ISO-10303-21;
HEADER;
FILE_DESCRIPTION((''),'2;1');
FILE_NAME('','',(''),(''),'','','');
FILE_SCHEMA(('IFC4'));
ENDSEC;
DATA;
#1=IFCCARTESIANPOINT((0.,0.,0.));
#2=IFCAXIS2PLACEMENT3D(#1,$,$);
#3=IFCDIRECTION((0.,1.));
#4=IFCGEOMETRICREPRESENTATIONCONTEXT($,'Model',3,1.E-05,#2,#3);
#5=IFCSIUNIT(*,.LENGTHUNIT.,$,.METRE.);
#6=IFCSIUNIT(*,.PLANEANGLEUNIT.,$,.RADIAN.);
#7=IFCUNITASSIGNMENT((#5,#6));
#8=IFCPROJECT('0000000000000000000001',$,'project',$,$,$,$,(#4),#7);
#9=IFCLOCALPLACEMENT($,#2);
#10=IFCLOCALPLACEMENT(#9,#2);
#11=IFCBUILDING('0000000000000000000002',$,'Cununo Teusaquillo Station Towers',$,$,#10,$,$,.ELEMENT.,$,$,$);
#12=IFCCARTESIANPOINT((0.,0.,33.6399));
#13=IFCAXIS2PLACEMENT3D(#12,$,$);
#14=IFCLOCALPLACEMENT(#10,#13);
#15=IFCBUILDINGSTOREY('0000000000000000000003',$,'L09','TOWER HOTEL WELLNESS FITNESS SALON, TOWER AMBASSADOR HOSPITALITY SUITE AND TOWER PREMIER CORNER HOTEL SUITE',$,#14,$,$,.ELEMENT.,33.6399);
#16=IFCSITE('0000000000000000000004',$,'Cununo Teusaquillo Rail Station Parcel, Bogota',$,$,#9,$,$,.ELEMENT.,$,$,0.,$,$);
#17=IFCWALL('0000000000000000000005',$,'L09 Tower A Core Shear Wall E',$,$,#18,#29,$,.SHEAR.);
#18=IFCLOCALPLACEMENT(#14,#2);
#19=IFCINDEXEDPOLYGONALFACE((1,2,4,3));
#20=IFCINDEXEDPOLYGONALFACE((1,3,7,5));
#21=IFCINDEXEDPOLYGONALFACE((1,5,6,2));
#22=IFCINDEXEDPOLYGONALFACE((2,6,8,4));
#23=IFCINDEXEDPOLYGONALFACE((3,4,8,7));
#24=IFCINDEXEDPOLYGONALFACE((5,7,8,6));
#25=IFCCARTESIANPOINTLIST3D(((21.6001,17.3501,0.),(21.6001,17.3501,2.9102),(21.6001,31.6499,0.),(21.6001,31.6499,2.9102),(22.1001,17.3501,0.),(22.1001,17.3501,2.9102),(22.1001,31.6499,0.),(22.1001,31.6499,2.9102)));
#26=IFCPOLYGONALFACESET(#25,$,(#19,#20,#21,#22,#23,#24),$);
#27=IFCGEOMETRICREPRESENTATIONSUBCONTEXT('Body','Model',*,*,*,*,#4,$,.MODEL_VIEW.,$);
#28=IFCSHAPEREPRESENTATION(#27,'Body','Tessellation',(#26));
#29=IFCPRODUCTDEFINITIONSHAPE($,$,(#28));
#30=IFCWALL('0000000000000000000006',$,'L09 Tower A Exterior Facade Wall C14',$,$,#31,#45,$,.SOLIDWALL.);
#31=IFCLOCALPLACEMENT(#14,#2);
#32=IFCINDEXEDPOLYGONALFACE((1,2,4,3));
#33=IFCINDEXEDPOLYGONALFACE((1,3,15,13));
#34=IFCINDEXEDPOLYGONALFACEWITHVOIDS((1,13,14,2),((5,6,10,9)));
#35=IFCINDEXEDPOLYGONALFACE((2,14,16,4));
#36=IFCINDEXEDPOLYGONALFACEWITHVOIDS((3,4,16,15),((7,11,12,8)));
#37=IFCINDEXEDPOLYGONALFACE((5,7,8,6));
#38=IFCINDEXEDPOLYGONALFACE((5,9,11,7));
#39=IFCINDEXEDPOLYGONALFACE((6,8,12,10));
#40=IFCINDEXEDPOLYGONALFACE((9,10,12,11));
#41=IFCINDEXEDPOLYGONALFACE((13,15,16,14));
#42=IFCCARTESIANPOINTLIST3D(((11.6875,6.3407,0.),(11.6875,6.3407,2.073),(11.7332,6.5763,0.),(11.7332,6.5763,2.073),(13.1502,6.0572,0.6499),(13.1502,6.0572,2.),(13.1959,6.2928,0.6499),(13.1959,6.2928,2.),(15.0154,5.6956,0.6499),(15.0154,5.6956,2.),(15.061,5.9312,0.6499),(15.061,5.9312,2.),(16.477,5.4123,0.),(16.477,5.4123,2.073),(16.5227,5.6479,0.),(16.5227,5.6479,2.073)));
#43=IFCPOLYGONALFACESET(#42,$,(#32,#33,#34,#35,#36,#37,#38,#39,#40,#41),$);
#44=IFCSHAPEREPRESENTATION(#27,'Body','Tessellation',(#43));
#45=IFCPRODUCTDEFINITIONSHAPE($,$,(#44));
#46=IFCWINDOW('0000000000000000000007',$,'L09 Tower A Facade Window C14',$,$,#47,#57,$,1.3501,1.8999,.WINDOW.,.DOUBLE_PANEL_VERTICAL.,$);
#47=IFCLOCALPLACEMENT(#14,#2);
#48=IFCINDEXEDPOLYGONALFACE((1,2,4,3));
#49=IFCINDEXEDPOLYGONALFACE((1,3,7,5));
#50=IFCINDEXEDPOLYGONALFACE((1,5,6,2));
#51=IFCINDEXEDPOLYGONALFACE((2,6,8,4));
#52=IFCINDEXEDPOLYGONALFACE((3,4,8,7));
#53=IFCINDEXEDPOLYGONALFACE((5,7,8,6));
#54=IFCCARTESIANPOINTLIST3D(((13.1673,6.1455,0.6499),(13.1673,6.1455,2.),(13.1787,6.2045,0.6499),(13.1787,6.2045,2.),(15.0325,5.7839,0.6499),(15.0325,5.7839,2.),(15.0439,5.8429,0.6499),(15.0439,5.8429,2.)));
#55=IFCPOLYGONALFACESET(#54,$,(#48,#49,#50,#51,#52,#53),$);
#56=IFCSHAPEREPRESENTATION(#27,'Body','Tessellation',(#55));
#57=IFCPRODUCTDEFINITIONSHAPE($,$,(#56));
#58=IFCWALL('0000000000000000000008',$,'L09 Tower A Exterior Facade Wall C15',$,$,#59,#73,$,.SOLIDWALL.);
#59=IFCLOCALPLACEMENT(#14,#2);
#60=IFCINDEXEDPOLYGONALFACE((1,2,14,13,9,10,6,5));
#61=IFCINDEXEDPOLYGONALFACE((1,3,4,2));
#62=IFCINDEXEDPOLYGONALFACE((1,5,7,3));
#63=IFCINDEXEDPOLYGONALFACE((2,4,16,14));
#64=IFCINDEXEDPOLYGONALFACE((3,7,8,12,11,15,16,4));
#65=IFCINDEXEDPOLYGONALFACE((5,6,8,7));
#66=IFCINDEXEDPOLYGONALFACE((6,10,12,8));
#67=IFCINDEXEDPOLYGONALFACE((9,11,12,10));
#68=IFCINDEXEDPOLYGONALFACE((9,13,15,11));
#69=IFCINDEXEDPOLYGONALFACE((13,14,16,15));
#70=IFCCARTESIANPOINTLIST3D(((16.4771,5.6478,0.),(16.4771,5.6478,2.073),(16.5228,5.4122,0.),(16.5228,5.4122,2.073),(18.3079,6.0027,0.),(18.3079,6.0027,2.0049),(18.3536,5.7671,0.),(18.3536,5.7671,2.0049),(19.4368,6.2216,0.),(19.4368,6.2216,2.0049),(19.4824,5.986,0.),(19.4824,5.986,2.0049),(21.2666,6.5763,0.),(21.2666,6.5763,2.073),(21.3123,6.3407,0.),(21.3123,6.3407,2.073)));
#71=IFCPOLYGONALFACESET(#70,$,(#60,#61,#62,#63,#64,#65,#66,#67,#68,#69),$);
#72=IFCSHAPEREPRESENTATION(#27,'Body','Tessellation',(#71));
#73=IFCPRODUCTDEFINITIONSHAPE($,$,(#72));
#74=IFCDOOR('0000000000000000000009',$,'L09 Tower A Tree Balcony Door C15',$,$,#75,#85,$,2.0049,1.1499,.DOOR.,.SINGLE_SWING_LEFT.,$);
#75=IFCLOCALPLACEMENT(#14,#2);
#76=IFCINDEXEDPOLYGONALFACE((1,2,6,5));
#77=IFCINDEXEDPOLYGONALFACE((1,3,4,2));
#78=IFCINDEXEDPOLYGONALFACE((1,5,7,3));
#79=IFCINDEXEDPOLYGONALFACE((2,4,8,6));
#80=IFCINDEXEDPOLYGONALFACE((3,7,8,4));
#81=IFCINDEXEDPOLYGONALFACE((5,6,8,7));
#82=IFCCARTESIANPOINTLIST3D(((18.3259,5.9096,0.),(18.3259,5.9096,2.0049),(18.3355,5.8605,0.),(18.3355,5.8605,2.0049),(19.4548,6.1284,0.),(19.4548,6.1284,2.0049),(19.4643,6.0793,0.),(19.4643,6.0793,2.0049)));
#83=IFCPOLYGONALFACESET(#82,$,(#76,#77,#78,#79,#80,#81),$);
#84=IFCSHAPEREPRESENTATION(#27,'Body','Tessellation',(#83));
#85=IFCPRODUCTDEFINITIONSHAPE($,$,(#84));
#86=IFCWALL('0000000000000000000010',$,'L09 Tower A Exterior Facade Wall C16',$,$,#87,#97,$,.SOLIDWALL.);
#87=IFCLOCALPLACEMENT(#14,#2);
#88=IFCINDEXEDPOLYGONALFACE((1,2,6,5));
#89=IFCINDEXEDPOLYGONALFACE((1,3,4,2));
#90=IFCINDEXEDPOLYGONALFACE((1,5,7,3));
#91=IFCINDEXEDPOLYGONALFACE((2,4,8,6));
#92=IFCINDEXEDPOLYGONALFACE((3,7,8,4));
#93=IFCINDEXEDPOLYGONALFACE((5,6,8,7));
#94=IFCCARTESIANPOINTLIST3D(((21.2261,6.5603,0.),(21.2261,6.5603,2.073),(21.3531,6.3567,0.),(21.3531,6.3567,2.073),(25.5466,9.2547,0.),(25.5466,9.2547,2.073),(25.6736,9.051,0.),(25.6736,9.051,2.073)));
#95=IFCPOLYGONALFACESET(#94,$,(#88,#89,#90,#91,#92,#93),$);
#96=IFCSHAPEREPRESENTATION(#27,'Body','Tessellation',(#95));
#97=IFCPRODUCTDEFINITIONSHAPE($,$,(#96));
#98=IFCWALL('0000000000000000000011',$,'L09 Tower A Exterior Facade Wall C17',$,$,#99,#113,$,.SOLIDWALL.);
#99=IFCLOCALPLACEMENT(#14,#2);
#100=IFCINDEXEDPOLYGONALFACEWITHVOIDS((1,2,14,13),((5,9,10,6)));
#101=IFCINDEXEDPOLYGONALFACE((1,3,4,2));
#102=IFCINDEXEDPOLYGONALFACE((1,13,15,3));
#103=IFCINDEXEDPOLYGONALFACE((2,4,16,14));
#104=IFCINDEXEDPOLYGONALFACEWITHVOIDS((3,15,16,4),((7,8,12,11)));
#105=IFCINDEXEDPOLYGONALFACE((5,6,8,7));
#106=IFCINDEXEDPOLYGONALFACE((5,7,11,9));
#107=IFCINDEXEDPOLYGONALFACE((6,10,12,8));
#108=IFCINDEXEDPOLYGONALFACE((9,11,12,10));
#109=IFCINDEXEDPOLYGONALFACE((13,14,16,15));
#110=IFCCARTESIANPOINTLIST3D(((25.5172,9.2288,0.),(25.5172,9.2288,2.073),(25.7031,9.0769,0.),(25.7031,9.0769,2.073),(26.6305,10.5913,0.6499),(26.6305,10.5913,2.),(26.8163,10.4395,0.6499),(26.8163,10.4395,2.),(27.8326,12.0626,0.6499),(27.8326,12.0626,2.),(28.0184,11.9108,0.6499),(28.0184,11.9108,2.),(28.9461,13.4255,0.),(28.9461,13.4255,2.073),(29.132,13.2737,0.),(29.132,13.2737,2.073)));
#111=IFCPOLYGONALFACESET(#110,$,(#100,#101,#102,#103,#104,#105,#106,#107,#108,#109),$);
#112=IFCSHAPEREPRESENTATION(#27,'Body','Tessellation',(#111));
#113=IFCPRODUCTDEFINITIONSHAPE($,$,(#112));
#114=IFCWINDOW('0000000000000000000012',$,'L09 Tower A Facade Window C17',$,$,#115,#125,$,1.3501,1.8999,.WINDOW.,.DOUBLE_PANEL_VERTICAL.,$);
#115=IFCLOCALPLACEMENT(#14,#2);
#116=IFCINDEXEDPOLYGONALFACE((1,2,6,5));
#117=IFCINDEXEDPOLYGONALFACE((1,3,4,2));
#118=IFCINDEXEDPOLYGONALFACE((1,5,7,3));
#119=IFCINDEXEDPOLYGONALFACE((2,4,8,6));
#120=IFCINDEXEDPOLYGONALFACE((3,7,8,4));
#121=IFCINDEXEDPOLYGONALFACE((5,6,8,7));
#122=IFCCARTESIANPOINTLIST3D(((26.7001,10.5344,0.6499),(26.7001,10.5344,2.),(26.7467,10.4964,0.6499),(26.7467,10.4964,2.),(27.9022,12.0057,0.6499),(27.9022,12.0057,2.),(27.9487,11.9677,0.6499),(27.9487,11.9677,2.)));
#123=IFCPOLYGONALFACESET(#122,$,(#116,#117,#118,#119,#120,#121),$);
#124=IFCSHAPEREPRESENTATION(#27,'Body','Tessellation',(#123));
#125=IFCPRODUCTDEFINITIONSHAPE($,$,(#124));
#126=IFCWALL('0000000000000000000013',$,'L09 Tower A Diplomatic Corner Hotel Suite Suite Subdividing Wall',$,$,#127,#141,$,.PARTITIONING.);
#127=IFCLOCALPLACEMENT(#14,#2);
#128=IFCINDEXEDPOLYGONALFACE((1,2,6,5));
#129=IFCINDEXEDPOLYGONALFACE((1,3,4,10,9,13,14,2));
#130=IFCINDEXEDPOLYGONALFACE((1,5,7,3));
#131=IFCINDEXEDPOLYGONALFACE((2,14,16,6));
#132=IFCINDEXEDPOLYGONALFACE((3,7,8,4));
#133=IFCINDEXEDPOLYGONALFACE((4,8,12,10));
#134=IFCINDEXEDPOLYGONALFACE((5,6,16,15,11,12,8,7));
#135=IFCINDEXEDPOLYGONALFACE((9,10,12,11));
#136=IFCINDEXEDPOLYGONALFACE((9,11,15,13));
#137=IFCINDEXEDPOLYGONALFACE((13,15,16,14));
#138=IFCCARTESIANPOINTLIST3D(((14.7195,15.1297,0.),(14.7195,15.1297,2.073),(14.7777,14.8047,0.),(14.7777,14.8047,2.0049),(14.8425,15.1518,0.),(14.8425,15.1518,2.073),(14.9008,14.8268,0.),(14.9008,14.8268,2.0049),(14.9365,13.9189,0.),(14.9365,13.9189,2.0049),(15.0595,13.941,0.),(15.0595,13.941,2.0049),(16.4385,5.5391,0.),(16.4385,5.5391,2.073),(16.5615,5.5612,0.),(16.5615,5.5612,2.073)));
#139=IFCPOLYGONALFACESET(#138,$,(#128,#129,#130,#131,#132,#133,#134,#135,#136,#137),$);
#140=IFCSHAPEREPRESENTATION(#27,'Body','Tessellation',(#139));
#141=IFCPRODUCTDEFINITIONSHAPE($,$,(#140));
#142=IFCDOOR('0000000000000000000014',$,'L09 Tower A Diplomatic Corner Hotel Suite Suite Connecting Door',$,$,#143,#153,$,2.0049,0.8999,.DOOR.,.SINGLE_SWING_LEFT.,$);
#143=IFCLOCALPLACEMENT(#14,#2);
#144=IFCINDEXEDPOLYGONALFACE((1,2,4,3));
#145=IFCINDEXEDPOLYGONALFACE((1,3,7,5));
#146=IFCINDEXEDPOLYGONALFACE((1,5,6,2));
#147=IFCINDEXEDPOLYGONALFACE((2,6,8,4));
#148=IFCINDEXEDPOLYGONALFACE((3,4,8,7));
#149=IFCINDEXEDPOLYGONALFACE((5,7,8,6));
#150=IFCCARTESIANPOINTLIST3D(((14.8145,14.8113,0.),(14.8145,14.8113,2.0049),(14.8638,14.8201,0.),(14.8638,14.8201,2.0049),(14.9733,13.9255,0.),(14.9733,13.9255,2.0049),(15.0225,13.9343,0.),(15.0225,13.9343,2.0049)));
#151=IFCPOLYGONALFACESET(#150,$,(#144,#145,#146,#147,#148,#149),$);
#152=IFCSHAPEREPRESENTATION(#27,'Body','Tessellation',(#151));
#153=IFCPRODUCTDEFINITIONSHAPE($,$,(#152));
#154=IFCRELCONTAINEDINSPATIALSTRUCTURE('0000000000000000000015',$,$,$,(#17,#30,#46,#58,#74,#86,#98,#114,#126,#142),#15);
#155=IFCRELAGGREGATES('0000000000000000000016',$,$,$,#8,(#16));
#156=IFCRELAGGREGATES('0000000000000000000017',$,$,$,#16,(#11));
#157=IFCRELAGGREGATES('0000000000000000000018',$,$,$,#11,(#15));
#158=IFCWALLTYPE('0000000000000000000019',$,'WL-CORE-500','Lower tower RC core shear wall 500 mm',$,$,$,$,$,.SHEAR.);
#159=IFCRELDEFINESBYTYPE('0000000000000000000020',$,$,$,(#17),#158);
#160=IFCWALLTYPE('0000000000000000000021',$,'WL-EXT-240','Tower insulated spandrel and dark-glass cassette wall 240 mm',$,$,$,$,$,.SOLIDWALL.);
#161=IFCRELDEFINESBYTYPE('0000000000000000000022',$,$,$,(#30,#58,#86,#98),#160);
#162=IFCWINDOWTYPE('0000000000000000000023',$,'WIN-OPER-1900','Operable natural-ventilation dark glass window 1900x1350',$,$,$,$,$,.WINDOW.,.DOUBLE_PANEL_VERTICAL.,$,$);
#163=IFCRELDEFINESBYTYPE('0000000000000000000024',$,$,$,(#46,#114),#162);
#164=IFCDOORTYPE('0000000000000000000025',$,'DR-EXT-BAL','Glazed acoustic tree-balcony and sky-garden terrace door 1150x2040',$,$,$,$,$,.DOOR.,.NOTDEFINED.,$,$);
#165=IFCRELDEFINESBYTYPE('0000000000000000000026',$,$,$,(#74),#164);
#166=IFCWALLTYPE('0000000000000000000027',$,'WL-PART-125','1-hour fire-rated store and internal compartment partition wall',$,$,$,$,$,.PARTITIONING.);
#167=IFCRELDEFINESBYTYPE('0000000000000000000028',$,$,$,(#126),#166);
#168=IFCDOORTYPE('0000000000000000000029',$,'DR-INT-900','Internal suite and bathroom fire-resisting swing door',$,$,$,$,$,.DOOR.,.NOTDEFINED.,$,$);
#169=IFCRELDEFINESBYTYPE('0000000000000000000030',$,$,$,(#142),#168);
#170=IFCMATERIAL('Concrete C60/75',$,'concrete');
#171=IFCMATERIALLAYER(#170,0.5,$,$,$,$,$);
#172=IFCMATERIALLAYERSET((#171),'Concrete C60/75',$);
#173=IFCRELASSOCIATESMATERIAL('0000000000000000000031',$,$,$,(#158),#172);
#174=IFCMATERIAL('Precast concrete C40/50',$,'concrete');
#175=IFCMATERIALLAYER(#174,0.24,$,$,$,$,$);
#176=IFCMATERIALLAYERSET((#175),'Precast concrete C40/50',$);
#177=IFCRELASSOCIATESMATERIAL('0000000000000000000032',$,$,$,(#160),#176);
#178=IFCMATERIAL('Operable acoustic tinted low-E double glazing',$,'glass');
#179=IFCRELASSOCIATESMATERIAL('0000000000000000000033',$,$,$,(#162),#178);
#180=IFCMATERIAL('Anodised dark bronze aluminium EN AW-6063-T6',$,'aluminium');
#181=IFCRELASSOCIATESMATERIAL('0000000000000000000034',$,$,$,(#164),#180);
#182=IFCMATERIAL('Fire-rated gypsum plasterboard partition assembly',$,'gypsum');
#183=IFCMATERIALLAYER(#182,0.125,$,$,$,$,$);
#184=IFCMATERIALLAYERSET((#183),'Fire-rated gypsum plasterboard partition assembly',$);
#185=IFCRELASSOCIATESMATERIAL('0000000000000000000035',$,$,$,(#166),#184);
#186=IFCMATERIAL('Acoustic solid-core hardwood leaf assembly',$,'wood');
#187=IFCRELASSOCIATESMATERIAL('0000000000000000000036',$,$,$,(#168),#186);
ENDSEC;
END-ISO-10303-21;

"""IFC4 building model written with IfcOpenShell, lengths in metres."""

from ifc_helpers import new_model, si_unit, direction, frame, frame_2d, origin, place, context, subcontext, project, spatial, rectangle, extrude, source, transform, mapped, material, layer, layer_set, type_object, element, fill, save


model = new_model("IFC4")

# Units and contexts
model_context = context("Model", 3, precision=1e-05, world=origin(), true_north=direction((0.0, 1.0)))
body_context = subcontext(model_context, "Body", "Model", "MODEL_VIEW")
ifc_project = project(units=[si_unit("LENGTHUNIT", "METRE"), si_unit("PLANEANGLEUNIT", "RADIAN")], contexts=[model_context])

# Site, building, storey
site_placement = place(None, origin())
site = spatial("IfcSite", under=ifc_project, at=site_placement, Name="Cununo Teusaquillo Rail Station Parcel, Bogota", CompositionType="ELEMENT", RefElevation=0.0)
building_placement = place(site_placement, origin())
building = spatial("IfcBuilding", under=site, at=building_placement, Name="Cununo Teusaquillo Station Towers", CompositionType="ELEMENT")
storey_placement = place(building_placement, frame((0.0, 0.0, 33.6399)))
storey = spatial("IfcBuildingStorey", under=building, at=storey_placement, Name="L09", Description="TOWER HOTEL WELLNESS FITNESS SALON, TOWER AMBASSADOR HOSPITALITY SUITE AND TOWER PREMIER CORNER HOTEL SUITE", CompositionType="ELEMENT", Elevation=33.6399)

# Wall
ifc_material_1 = material(Name="Concrete C60/75", Category="concrete")
ifc_layer_1 = layer(ifc_material_1, 0.5)
ifc_layer_set_1 = layer_set([ifc_layer_1], Name="Concrete C60/75")
wall_type_1 = type_object("IfcWallType", Name="WL-CORE-500", Description="Lower tower RC core shear wall 500 mm", PredefinedType="SHEAR", material=ifc_layer_set_1)
wall_1_placement = place(storey_placement, frame((21.8501, 17.3501, 0.0), z_axis=(0.0, 0.0, 1.0), x_axis=(0.0, 1.0, 0.0)))
element("IfcWall", 1, at=wall_1_placement, inside=storey, type_object=wall_type_1, Name="L09 Tower A Core Shear Wall E", PredefinedType="SHEAR", context=body_context, shape_type="SweptSolid", body=[
    extrude(rectangle(XDim=14.2998, YDim=0.5, at=frame_2d((7.1499, 0.0))), origin(), (0.0, 0.0, 1.0), 2.9102),
])

# Wall, opening, window
ifc_material_2 = material(Name="Precast concrete C40/50", Category="concrete")
ifc_layer_2 = layer(ifc_material_2, 0.24)
ifc_layer_set_2 = layer_set([ifc_layer_2], Name="Precast concrete C40/50")
wall_type_2 = type_object("IfcWallType", Name="WL-EXT-240", Description="Tower insulated spandrel and dark-glass cassette wall 240 mm", PredefinedType="SOLIDWALL", material=ifc_layer_set_2)
wall_2_placement = place(storey_placement, frame((16.5, 5.53, 0.0), z_axis=(0.0, 0.0, 1.0), x_axis=(-0.981724, 0.19031, 0.0)))
wall_2 = element("IfcWall", 2, at=wall_2_placement, inside=storey, type_object=wall_type_2, Name="L09 Tower A Exterior Facade Wall C14", PredefinedType="SOLIDWALL", context=body_context, shape_type="SweptSolid", body=[
    extrude(rectangle(XDim=4.8787, YDim=0.24, at=frame_2d((2.4395, 0.0))), origin(), (0.0, 0.0, 1.0), 2.073),
])
shared_shape_1 = source(origin(), body_context, "Body", "SweptSolid", [
    extrude(rectangle(XDim=1.8999, YDim=1.3501, at=frame_2d((0.95, 0.675))), frame((0.0, 0.1299, 0.0), z_axis=(0.0, -1.0, 0.0), x_axis=(1.0, 0.0, 0.0)), (0.0, 0.0, 1.0), 0.26),
])
opening_1_placement = place(wall_2_placement, frame((1.489, 0.0, 0.6499)))
opening_1 = element("IfcOpeningElement", 3, at=opening_1_placement, cuts=wall_2, PredefinedType="OPENING", context=body_context, shape_type="MappedRepresentation", body=[
    mapped(shared_shape_1, transform((0.0, 0.0, 0.0), x_axis=(1.0, 0.0, 0.0), y_axis=(0.0, 1.0, 0.0), z_axis=(0.0, 0.0, 1.0), scale=1.0)),
])
ifc_material_3 = material(Name="Operable acoustic tinted low-E double glazing", Category="glass")
window_type = type_object("IfcWindowType", Name="WIN-OPER-1900", Description="Operable natural-ventilation dark glass window 1900x1350", PartitioningType="DOUBLE_PANEL_VERTICAL", PredefinedType="WINDOW", material=ifc_material_3)
shared_shape_2 = source(origin(), body_context, "Body", "SweptSolid", [
    extrude(rectangle(XDim=1.8999, YDim=1.3501, at=frame_2d((0.95, 0.675))), frame((0.0, 0.03, 0.0), z_axis=(0.0, -1.0, 0.0), x_axis=(1.0, 0.0, 0.0)), (0.0, 0.0, 1.0), 0.0601),
])
window_1_placement = place(opening_1_placement, origin())
window_1 = element("IfcWindow", 4, at=window_1_placement, inside=storey, type_object=window_type, Name="L09 Tower A Facade Window C14", OverallHeight=1.3501, OverallWidth=1.8999, PartitioningType="DOUBLE_PANEL_VERTICAL", PredefinedType="WINDOW", context=body_context, shape_type="MappedRepresentation", body=[
    mapped(shared_shape_2, transform((0.0, 0.0, 0.0), x_axis=(1.0, 0.0, 0.0), y_axis=(0.0, 1.0, 0.0), z_axis=(0.0, 0.0, 1.0), scale=1.0)),
])
fill(opening_1, window_1)

# Wall, opening, door
wall_3_placement = place(storey_placement, frame((21.2896, 6.4585, 0.0), z_axis=(0.0, 0.0, 1.0), x_axis=(-0.981724, -0.19031, 0.0)))
wall_3 = element("IfcWall", 5, at=wall_3_placement, inside=storey, type_object=wall_type_2, Name="L09 Tower A Exterior Facade Wall C15", PredefinedType="SOLIDWALL", context=body_context, shape_type="SweptSolid", body=[
    extrude(rectangle(XDim=4.8787, YDim=0.24, at=frame_2d((2.4395, 0.0))), origin(), (0.0, 0.0, 1.0), 2.073),
])
shared_shape_3 = source(origin(), body_context, "Body", "SweptSolid", [
    extrude(rectangle(XDim=1.1499, YDim=2.0049, at=frame_2d((0.575, 1.0024))), frame((0.0, 0.1299, 0.0), z_axis=(0.0, -1.0, 0.0), x_axis=(1.0, 0.0, 0.0)), (0.0, 0.0, 1.0), 0.26),
])
opening_2_placement = place(wall_3_placement, frame((1.864, 0.0, 0.0)))
opening_2 = element("IfcOpeningElement", 6, at=opening_2_placement, cuts=wall_3, PredefinedType="OPENING", context=body_context, shape_type="MappedRepresentation", body=[
    mapped(shared_shape_3, transform((0.0, 0.0, 0.0), x_axis=(1.0, 0.0, 0.0), y_axis=(0.0, 1.0, 0.0), z_axis=(0.0, 0.0, 1.0), scale=1.0)),
])
ifc_material_4 = material(Name="Anodised dark bronze aluminium EN AW-6063-T6", Category="aluminium")
door_type_1 = type_object("IfcDoorType", Name="DR-EXT-BAL", Description="Glazed acoustic tree-balcony and sky-garden terrace door 1150x2040", OperationType="NOTDEFINED", PredefinedType="DOOR", material=ifc_material_4)
shared_shape_4 = source(origin(), body_context, "Body", "SweptSolid", [
    extrude(rectangle(XDim=1.1499, YDim=2.0049, at=frame_2d((0.575, 1.0024))), frame((0.0, 0.0249, 0.0), z_axis=(0.0, -1.0, 0.0), x_axis=(1.0, 0.0, 0.0)), (0.0, 0.0, 1.0), 0.05),
])
door_1_placement = place(opening_2_placement, origin())
door_1 = element("IfcDoor", 7, at=door_1_placement, inside=storey, type_object=door_type_1, Name="L09 Tower A Tree Balcony Door C15", OperationType="SINGLE_SWING_LEFT", OverallHeight=2.0049, OverallWidth=1.1499, PredefinedType="DOOR", context=body_context, shape_type="MappedRepresentation", body=[
    mapped(shared_shape_4, transform((0.0, 0.0, 0.0), x_axis=(1.0, 0.0, 0.0), y_axis=(0.0, 1.0, 0.0), z_axis=(0.0, 0.0, 1.0), scale=1.0)),
])
fill(opening_2, door_1)

# Wall
wall_4_placement = place(storey_placement, frame((25.6101, 9.1528, 0.0), z_axis=(0.0, 0.0, 1.0), x_axis=(-0.848529, -0.52915, 0.0)))
element("IfcWall", 8, at=wall_4_placement, inside=storey, type_object=wall_type_2, Name="L09 Tower A Exterior Facade Wall C16", PredefinedType="SOLIDWALL", context=body_context, shape_type="SweptSolid", body=[
    extrude(rectangle(XDim=5.0918, YDim=0.24, at=frame_2d((2.5459, 0.0))), origin(), (0.0, 0.0, 1.0), 2.073),
])

# Wall, opening, window
wall_5_placement = place(storey_placement, frame((29.0391, 13.3496, 0.0), z_axis=(0.0, 0.0, 1.0), x_axis=(-0.63271, -0.774389, 0.0)))
wall_5 = element("IfcWall", 9, at=wall_5_placement, inside=storey, type_object=wall_type_2, Name="L09 Tower A Exterior Facade Wall C17", PredefinedType="SOLIDWALL", context=body_context, shape_type="SweptSolid", body=[
    extrude(rectangle(XDim=5.4194, YDim=0.24, at=frame_2d((2.7097, 0.0))), origin(), (0.0, 0.0, 1.0), 2.073),
])
opening_3_placement = place(wall_5_placement, frame((1.76, 0.0, 0.6499)))
opening_3 = element("IfcOpeningElement", 10, at=opening_3_placement, cuts=wall_5, PredefinedType="OPENING", context=body_context, shape_type="MappedRepresentation", body=[
    mapped(shared_shape_1, transform((0.0, 0.0, 0.0), x_axis=(1.0, 0.0, 0.0), y_axis=(0.0, 1.0, 0.0), z_axis=(0.0, 0.0, 1.0), scale=1.0)),
])
window_2_placement = place(opening_3_placement, origin())
window_2 = element("IfcWindow", 11, at=window_2_placement, inside=storey, type_object=window_type, Name="L09 Tower A Facade Window C17", OverallHeight=1.3501, OverallWidth=1.8999, PartitioningType="DOUBLE_PANEL_VERTICAL", PredefinedType="WINDOW", context=body_context, shape_type="MappedRepresentation", body=[
    mapped(shared_shape_2, transform((0.0, 0.0, 0.0), x_axis=(1.0, 0.0, 0.0), y_axis=(0.0, 1.0, 0.0), z_axis=(0.0, 0.0, 1.0), scale=1.0)),
])
fill(opening_3, window_2)

# Wall, opening, door
ifc_material_5 = material(Name="Fire-rated gypsum plasterboard partition assembly", Category="gypsum")
ifc_layer_3 = layer(ifc_material_5, 0.125)
ifc_layer_set_3 = layer_set([ifc_layer_3], Name="Fire-rated gypsum plasterboard partition assembly")
wall_type_3 = type_object("IfcWallType", Name="WL-PART-125", Description="1-hour fire-rated store and internal compartment partition wall", PredefinedType="PARTITIONING", material=ifc_layer_set_3)
wall_6_placement = place(storey_placement, frame((14.781, 15.1406, 0.0), z_axis=(0.0, 0.0, 1.0), x_axis=(0.176426, -0.984314, 0.0)))
wall_6 = element("IfcWall", 12, at=wall_6_placement, inside=storey, type_object=wall_type_3, Name="L09 Tower A Diplomatic Corner Hotel Suite Suite Subdividing Wall", PredefinedType="PARTITIONING", context=body_context, shape_type="SweptSolid", body=[
    extrude(rectangle(XDim=9.7434, YDim=0.125, at=frame_2d((4.8716, 0.0))), origin(), (0.0, 0.0, 1.0), 2.073),
])
shared_shape_5 = source(origin(), body_context, "Body", "SweptSolid", [
    extrude(rectangle(XDim=0.8999, YDim=2.0049, at=frame_2d((0.45, 1.0024))), frame((0.0, 0.0725, 0.0), z_axis=(0.0, -1.0, 0.0), x_axis=(1.0, 0.0, 0.0)), (0.0, 0.0, 1.0), 0.145),
])
opening_4_placement = place(wall_6_placement, frame((0.3301, 0.0, 0.0)))
opening_4 = element("IfcOpeningElement", 13, at=opening_4_placement, cuts=wall_6, PredefinedType="OPENING", context=body_context, shape_type="MappedRepresentation", body=[
    mapped(shared_shape_5, transform((0.0, 0.0, 0.0), x_axis=(1.0, 0.0, 0.0), y_axis=(0.0, 1.0, 0.0), z_axis=(0.0, 0.0, 1.0), scale=1.0)),
])
ifc_material_6 = material(Name="Acoustic solid-core hardwood leaf assembly", Category="wood")
door_type_2 = type_object("IfcDoorType", Name="DR-INT-900", Description="Internal suite and bathroom fire-resisting swing door", OperationType="NOTDEFINED", PredefinedType="DOOR", material=ifc_material_6)
shared_shape_6 = source(origin(), body_context, "Body", "SweptSolid", [
    extrude(rectangle(XDim=0.8999, YDim=2.0049, at=frame_2d((0.45, 1.0024))), frame((0.0, 0.0249, 0.0), z_axis=(0.0, -1.0, 0.0), x_axis=(1.0, 0.0, 0.0)), (0.0, 0.0, 1.0), 0.05),
])
door_2_placement = place(opening_4_placement, origin())
door_2 = element("IfcDoor", 14, at=door_2_placement, inside=storey, type_object=door_type_2, Name="L09 Tower A Diplomatic Corner Hotel Suite Suite Connecting Door", OperationType="SINGLE_SWING_LEFT", OverallHeight=2.0049, OverallWidth=0.8999, PredefinedType="DOOR", context=body_context, shape_type="MappedRepresentation", body=[
    mapped(shared_shape_6, transform((0.0, 0.0, 0.0), x_axis=(1.0, 0.0, 0.0), y_axis=(0.0, 1.0, 0.0), z_axis=(0.0, 0.0, 1.0), scale=1.0)),
])
fill(opening_4, door_2)

save(model, "model.ifc")
